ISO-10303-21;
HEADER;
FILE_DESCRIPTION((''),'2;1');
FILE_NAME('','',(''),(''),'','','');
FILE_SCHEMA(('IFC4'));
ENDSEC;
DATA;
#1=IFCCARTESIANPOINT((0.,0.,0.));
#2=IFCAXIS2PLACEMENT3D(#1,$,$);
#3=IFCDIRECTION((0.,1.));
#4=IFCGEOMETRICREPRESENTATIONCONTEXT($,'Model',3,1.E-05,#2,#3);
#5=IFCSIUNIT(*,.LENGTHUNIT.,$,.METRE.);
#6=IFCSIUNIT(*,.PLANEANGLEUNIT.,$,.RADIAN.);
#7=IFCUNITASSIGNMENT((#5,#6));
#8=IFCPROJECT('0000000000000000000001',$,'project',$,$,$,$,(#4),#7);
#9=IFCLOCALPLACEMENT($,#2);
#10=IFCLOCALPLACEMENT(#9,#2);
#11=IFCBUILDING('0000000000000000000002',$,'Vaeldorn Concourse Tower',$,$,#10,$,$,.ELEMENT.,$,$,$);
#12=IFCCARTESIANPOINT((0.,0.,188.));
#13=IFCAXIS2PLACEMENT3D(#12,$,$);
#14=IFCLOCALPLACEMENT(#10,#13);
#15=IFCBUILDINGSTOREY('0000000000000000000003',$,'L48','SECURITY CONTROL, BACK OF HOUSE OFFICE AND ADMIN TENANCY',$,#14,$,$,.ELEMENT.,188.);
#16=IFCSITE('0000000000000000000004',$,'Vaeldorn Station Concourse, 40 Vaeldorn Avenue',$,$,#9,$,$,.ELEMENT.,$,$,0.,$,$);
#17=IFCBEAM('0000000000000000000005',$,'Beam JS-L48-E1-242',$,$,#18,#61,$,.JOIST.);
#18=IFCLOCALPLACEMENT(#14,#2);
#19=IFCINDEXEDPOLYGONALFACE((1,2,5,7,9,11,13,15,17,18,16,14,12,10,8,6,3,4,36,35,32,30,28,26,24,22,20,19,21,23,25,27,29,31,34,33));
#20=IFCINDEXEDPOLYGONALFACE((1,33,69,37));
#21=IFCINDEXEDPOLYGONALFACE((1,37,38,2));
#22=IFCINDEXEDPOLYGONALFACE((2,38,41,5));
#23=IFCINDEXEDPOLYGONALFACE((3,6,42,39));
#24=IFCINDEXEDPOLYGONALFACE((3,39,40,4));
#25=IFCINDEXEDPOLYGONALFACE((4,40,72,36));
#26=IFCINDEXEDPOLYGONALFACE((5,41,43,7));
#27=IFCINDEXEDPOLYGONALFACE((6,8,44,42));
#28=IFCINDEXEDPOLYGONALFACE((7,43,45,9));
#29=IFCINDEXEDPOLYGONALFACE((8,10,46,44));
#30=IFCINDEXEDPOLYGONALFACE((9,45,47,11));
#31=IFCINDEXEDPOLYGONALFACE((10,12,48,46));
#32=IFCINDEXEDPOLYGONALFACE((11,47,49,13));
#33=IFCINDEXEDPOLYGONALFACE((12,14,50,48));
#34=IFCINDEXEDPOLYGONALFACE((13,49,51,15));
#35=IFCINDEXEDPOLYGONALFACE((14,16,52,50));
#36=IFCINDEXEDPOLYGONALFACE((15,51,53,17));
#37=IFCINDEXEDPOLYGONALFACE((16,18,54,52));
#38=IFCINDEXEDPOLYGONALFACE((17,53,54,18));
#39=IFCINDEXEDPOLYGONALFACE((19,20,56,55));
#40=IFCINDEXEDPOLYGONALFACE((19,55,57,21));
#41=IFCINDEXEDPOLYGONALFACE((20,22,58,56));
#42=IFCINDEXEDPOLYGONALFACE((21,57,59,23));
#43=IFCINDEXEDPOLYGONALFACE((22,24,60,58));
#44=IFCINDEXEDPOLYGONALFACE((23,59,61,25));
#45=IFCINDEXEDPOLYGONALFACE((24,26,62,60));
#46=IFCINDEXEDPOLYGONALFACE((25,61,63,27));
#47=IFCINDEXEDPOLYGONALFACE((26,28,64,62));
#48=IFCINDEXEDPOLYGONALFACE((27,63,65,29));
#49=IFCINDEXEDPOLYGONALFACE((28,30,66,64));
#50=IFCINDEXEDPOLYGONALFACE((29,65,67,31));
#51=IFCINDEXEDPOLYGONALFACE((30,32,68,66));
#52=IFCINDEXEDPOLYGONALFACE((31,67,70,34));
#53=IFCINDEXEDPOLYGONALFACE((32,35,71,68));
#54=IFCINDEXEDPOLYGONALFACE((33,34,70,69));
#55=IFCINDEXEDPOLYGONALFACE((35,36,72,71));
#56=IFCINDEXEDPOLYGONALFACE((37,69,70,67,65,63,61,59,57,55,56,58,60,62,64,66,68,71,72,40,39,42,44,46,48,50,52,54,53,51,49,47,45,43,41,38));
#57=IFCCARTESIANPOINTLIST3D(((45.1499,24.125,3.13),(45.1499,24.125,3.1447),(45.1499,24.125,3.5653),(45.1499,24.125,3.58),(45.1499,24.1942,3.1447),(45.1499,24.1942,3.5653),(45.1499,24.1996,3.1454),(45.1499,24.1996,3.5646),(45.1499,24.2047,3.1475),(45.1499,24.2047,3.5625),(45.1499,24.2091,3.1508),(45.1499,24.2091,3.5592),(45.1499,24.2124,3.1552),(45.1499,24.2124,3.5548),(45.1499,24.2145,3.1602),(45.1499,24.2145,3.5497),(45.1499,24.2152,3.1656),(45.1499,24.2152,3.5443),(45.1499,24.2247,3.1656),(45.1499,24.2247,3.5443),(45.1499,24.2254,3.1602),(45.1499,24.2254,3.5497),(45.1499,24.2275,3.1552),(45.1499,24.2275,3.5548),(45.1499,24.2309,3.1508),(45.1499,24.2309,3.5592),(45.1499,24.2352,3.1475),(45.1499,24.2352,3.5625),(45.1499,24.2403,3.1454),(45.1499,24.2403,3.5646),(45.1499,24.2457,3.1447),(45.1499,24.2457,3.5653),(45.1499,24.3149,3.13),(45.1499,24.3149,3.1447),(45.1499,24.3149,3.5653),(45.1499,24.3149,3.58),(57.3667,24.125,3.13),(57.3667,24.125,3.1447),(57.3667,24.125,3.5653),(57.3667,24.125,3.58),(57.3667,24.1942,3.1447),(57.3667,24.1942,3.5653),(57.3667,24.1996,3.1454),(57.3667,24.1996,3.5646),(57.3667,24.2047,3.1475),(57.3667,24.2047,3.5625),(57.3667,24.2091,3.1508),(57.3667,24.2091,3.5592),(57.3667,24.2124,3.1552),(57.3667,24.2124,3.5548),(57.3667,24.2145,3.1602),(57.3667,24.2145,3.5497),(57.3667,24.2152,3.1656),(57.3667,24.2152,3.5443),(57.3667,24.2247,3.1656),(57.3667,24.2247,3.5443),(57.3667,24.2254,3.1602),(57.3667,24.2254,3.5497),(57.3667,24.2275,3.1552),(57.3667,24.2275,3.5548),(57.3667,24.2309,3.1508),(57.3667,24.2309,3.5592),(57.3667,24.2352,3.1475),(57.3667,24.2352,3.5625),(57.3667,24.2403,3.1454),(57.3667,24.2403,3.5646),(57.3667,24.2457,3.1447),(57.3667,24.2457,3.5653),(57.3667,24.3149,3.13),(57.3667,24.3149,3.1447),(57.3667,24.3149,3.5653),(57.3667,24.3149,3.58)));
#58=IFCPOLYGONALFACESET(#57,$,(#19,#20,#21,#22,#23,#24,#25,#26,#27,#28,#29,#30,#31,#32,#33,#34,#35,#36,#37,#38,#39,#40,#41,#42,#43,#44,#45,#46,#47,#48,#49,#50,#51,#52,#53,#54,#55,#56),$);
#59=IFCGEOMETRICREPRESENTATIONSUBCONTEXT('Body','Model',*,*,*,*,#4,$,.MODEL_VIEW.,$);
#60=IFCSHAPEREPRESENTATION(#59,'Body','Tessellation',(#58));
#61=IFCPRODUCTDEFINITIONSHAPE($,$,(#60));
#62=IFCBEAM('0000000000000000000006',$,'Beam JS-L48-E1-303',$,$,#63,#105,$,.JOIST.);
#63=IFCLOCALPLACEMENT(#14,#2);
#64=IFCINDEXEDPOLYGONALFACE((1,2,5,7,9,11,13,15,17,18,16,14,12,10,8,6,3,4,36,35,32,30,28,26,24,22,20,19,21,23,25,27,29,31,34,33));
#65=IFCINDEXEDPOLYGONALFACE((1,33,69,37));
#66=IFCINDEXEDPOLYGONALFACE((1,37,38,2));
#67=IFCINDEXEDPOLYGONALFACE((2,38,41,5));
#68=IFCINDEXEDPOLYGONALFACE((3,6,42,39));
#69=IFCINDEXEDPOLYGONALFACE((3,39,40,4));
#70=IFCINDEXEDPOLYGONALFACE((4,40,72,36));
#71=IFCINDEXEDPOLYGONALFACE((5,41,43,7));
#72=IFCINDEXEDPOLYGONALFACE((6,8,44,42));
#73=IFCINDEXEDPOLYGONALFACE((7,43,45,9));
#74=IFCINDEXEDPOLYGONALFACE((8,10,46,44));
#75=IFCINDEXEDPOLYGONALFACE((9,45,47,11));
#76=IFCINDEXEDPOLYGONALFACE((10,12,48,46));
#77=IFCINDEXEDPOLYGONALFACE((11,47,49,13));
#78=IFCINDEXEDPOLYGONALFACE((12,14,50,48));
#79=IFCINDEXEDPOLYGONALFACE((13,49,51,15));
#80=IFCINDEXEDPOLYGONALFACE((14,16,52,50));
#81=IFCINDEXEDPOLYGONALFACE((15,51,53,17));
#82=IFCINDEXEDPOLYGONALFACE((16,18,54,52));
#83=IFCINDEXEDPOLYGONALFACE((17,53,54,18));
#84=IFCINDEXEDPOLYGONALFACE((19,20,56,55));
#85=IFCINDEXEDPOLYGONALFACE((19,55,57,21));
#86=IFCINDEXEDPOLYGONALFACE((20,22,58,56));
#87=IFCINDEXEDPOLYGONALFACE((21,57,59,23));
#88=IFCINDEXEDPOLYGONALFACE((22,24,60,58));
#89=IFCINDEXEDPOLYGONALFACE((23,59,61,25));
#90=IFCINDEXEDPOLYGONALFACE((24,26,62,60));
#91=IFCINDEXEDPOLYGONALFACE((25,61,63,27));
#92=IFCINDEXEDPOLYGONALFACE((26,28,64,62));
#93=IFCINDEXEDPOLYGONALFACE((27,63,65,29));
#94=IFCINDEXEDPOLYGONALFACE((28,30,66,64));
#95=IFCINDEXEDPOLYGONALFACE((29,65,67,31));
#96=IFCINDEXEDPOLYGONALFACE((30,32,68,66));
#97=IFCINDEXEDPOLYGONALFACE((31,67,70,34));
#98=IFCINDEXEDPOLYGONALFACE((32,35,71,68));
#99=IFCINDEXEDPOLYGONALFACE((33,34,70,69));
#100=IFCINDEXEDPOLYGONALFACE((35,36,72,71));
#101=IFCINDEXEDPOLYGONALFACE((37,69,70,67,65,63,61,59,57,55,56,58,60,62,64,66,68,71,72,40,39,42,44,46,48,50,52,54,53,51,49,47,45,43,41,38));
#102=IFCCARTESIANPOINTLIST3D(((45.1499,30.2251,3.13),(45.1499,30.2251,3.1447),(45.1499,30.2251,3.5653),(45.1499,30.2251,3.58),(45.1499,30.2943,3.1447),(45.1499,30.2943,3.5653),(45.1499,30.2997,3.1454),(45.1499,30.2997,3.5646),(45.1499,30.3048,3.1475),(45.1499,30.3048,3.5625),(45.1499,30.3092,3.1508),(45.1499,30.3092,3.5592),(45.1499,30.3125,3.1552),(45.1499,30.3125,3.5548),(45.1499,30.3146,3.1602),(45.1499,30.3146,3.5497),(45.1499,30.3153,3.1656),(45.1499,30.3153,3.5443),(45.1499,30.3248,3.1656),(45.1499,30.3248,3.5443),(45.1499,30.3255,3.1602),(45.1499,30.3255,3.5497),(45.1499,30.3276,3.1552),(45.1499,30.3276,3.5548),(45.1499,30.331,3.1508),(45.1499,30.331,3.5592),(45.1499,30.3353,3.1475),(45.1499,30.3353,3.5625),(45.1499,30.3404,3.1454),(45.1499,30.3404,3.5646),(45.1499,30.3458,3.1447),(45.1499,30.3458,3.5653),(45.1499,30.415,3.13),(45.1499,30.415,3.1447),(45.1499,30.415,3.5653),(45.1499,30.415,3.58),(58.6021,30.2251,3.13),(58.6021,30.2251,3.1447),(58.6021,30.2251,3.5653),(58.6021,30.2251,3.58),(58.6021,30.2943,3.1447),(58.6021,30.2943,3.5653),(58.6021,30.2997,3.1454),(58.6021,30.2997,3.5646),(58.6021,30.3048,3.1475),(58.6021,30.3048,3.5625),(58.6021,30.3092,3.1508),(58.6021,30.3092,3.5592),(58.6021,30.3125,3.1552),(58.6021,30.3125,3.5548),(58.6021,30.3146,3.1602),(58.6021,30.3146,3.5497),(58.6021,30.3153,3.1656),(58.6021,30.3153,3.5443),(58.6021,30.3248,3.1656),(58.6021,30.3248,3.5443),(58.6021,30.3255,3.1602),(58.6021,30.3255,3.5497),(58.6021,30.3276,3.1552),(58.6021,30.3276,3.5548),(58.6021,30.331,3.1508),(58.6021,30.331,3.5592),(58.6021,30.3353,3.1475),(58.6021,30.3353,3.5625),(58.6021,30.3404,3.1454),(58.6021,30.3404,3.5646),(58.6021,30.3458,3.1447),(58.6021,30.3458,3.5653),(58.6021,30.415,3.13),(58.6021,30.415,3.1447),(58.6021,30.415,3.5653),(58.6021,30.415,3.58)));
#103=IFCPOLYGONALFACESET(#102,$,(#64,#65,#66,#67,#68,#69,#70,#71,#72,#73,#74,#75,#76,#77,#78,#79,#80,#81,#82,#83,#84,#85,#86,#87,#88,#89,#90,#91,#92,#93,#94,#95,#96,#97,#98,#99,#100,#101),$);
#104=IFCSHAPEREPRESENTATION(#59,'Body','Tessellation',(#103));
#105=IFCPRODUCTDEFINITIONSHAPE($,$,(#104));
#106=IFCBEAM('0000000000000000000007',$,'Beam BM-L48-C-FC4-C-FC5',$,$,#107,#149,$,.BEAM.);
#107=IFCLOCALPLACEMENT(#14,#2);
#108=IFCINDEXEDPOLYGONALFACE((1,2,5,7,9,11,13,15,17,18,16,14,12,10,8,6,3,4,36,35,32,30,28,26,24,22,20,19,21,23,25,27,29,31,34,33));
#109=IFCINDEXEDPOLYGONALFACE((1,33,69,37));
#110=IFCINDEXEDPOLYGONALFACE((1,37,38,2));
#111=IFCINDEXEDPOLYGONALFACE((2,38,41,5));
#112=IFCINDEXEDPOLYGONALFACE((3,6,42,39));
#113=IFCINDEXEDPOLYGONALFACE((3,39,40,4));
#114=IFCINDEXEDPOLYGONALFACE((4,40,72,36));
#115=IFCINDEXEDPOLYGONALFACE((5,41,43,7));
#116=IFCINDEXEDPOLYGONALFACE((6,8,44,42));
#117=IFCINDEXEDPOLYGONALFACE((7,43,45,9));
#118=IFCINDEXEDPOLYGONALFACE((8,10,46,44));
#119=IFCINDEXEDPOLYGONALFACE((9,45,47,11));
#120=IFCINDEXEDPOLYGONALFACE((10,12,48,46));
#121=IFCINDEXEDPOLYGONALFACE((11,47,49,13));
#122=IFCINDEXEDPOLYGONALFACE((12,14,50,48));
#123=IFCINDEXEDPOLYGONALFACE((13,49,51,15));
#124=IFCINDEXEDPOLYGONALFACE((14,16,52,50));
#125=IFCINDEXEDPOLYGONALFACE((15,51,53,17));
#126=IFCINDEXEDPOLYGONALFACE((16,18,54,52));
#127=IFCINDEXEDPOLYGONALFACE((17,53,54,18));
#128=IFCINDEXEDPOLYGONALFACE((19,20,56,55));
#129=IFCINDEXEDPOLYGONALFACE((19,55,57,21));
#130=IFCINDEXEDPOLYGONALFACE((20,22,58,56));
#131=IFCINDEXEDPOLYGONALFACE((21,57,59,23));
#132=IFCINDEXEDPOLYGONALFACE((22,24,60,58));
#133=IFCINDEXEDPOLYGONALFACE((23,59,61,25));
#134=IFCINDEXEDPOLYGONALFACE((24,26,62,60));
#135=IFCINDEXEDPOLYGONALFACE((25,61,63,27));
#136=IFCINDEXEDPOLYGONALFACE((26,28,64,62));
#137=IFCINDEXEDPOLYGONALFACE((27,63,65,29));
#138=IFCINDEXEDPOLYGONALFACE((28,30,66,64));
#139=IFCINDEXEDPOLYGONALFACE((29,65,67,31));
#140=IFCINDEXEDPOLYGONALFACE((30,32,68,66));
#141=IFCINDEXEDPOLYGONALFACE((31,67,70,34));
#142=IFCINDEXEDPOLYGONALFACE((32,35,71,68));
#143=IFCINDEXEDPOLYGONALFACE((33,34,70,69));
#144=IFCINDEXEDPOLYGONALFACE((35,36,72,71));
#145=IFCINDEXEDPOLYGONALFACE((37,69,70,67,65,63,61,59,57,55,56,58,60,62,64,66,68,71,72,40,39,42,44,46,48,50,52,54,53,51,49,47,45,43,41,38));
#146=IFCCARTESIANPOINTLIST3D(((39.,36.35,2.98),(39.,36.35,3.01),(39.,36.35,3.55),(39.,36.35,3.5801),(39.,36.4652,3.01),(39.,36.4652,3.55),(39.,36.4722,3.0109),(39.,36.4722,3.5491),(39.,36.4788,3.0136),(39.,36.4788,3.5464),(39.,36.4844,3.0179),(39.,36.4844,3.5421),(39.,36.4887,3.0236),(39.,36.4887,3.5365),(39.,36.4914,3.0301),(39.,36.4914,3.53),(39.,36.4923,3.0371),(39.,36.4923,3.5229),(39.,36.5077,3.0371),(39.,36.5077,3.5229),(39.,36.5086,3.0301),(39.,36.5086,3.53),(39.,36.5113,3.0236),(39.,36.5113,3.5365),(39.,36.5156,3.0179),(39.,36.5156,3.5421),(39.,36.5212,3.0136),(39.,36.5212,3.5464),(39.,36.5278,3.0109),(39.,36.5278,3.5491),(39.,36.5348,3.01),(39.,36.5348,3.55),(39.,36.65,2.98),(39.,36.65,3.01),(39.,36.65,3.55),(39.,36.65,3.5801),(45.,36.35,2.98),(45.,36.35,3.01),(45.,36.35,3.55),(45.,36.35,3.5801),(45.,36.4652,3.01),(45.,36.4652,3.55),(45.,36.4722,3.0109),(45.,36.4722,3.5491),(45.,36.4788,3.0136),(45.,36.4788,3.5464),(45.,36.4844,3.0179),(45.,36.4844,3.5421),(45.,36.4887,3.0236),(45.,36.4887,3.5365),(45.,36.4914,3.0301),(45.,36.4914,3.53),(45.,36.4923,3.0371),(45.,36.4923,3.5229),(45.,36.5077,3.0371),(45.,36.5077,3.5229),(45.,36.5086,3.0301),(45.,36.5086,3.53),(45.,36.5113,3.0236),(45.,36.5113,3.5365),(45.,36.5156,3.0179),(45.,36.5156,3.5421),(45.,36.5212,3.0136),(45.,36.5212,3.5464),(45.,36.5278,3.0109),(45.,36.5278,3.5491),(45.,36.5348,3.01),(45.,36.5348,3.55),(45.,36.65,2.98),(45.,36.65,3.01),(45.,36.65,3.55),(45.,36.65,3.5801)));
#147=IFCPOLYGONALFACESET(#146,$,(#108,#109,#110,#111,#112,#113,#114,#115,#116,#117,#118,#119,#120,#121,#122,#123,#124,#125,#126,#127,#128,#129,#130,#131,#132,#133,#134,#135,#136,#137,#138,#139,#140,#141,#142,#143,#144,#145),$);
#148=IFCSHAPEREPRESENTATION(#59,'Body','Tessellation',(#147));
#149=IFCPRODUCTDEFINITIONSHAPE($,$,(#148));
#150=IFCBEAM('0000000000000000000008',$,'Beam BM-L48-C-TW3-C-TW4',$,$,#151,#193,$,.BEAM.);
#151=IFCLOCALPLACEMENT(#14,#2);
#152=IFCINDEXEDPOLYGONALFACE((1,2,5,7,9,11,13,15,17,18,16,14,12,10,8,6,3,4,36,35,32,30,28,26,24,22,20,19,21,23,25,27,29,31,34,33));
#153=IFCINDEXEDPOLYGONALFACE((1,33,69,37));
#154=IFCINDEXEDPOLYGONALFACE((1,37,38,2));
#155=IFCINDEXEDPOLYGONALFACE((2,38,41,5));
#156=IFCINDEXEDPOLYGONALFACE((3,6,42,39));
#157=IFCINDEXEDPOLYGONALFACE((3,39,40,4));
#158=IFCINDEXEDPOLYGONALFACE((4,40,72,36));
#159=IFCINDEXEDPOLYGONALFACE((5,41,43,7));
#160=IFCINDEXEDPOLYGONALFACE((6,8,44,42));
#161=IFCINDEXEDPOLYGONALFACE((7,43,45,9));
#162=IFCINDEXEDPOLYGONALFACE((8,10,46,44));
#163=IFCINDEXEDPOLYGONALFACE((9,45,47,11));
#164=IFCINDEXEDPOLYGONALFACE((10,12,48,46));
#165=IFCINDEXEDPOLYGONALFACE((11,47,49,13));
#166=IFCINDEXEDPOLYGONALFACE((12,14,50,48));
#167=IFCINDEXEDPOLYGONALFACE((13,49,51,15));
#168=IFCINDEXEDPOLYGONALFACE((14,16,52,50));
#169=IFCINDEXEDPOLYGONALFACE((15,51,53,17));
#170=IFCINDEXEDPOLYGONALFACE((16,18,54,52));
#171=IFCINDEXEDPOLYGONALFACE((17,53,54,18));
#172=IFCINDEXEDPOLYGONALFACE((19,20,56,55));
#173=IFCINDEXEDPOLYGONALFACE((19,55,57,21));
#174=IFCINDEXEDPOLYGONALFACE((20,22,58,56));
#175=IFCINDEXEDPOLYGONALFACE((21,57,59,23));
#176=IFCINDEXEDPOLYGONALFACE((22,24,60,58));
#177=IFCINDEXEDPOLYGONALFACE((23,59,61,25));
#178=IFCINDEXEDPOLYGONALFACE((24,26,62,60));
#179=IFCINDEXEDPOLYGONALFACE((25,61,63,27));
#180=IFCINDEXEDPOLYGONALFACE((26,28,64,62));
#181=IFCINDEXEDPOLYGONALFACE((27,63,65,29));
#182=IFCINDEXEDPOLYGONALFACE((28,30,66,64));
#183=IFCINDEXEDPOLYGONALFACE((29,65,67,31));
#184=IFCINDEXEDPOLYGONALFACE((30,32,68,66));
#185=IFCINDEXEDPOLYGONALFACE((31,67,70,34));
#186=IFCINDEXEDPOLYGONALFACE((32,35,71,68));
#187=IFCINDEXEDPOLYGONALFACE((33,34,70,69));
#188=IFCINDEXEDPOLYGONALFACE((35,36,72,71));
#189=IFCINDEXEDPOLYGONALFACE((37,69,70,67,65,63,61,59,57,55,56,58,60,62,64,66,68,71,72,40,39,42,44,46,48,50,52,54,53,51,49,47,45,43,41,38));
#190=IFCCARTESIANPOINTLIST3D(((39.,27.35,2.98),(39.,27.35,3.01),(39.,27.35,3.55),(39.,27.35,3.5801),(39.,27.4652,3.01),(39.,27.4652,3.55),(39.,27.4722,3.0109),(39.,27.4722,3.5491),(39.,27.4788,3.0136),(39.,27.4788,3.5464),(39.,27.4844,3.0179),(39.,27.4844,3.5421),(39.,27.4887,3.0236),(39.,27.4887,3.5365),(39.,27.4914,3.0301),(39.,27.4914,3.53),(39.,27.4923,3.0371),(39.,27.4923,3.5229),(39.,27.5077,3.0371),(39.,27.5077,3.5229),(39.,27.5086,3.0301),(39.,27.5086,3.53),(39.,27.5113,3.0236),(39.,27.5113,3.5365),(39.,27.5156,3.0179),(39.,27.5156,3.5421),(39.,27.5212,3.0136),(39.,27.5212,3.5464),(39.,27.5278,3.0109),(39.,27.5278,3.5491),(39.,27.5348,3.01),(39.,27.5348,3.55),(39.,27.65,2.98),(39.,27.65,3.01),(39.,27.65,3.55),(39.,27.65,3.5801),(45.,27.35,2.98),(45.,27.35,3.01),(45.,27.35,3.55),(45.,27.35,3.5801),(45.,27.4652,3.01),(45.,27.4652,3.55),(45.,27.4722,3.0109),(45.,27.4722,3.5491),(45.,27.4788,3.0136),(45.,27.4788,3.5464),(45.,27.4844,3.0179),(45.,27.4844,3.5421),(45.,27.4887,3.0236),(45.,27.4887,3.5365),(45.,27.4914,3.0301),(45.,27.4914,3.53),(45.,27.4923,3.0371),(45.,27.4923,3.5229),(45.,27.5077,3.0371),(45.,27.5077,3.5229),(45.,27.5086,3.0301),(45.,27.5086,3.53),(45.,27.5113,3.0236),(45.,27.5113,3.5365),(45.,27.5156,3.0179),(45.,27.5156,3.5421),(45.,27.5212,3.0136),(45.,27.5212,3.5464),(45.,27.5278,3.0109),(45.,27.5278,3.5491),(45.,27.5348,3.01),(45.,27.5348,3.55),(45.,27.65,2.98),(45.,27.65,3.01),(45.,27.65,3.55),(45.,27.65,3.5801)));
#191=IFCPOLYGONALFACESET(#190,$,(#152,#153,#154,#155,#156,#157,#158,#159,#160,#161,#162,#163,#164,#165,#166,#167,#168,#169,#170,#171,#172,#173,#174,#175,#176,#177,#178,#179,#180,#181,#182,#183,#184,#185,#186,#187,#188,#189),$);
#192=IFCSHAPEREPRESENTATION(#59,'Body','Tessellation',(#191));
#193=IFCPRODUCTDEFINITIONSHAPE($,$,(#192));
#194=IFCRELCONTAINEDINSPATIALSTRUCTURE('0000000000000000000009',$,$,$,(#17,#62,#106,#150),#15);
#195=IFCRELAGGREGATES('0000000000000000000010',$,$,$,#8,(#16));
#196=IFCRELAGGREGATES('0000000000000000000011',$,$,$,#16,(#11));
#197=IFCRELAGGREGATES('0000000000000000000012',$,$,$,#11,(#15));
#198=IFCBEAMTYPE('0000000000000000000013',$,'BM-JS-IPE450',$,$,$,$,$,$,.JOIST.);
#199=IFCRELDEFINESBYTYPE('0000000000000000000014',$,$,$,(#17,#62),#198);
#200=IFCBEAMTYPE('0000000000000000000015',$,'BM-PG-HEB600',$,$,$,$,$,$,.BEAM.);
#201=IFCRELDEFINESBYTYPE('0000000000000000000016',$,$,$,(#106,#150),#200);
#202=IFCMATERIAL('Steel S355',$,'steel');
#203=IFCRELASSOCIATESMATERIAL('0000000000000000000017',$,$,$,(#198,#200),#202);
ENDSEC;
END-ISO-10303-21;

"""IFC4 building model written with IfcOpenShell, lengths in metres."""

from ifc_helpers import new_model, si_unit, direction, frame, origin, origin_2d, place, context, subcontext, project, spatial, i_section, extrude, source, transform, mapped, material, material_profile, profile_set, type_object, element, save


model = new_model("IFC4")

# Units and contexts
model_context = context("Model", 3, precision=1e-05, world=origin(), true_north=direction((0.0, 1.0)))
body_context = subcontext(model_context, "Body", "Model", "MODEL_VIEW")
ifc_project = project(units=[si_unit("LENGTHUNIT", "METRE"), si_unit("PLANEANGLEUNIT", "RADIAN")], contexts=[model_context])

# Site, building, storey
site_placement = place(None, origin())
site = spatial("IfcSite", under=ifc_project, at=site_placement, Name="Vaeldorn Station Concourse, 40 Vaeldorn Avenue", CompositionType="ELEMENT", RefElevation=0.0)
building_placement = place(site_placement, origin())
building = spatial("IfcBuilding", under=site, at=building_placement, Name="Vaeldorn Concourse Tower", CompositionType="ELEMENT")
storey_placement = place(building_placement, frame((0.0, 0.0, 188.0)))
storey = spatial("IfcBuildingStorey", under=building, at=storey_placement, Name="L48", Description="SECURITY CONTROL, BACK OF HOUSE OFFICE AND ADMIN TENANCY", CompositionType="ELEMENT", Elevation=188.0)

# Shared definitions
ifc_material_1 = material(Name="Steel S355", Category="steel")

# Beams
ifc_material_profile_1 = material_profile(ifc_material_1, i_section(OverallWidth=0.1899, OverallDepth=0.45, WebThickness=0.0095, FlangeThickness=0.0146, FilletRadius=0.021, at=origin_2d()), Name="IPE 450")
ifc_profile_set_1 = profile_set([ifc_material_profile_1], Name="Steel S355")
beam_type_1 = type_object("IfcBeamType", Name="BM-JS-IPE450", PredefinedType="JOIST", material=ifc_profile_set_1)
shared_shape_1 = source(origin(), body_context, "Body", "SweptSolid", [
    extrude(i_section(OverallWidth=0.1899, OverallDepth=0.45, WebThickness=0.0095, FlangeThickness=0.0146, FilletRadius=0.021, at=origin_2d()), origin(), (0.0, 0.0, 1.0), 12.2168),
])
beam_1_placement = place(storey_placement, frame((45.1499, 24.22, 3.355), z_axis=(1.0, 0.0, 0.0), x_axis=(0.0, 1.0, 0.0)))
element("IfcBeam", 1, at=beam_1_placement, inside=storey, type_object=beam_type_1, Name="Beam JS-L48-E1-242", PredefinedType="JOIST", context=body_context, shape_type="MappedRepresentation", body=[
    mapped(shared_shape_1, transform((0.0, 0.0, 0.0), scale=1.0)),
])
shared_shape_2 = source(origin(), body_context, "Body", "SweptSolid", [
    extrude(i_section(OverallWidth=0.1899, OverallDepth=0.45, WebThickness=0.0095, FlangeThickness=0.0146, FilletRadius=0.021, at=origin_2d()), origin(), (0.0, 0.0, 1.0), 13.4521),
])
beam_2_placement = place(storey_placement, frame((45.1499, 30.3201, 3.355), z_axis=(1.0, 0.0, 0.0), x_axis=(0.0, 1.0, 0.0)))
element("IfcBeam", 2, at=beam_2_placement, inside=storey, type_object=beam_type_1, Name="Beam JS-L48-E1-303", PredefinedType="JOIST", context=body_context, shape_type="MappedRepresentation", body=[
    mapped(shared_shape_2, transform((0.0, 0.0, 0.0), scale=1.0)),
])
ifc_material_profile_2 = material_profile(ifc_material_1, i_section(OverallWidth=0.3, OverallDepth=0.6001, WebThickness=0.0154, FlangeThickness=0.03, FilletRadius=0.0271, at=origin_2d()), Name="HEB 600")
ifc_profile_set_2 = profile_set([ifc_material_profile_2], Name="Steel S355")
beam_type_2 = type_object("IfcBeamType", Name="BM-PG-HEB600", PredefinedType="BEAM", material=ifc_profile_set_2)
shared_shape_3 = source(origin(), body_context, "Body", "SweptSolid", [
    extrude(i_section(OverallWidth=0.3, OverallDepth=0.6001, WebThickness=0.0154, FlangeThickness=0.03, FilletRadius=0.0271, at=origin_2d()), origin(), (0.0, 0.0, 1.0), 6.0),
])
for number, where, z_axis, x_axis, name in (
    (3, (39.0, 36.5, 3.28), (1.0, 0.0, 0.0), (0.0, 1.0, 0.0), "Beam BM-L48-C-FC4-C-FC5"),
    (4, (39.0, 27.5, 3.28), (1.0, 0.0, 0.0), (0.0, 1.0, 0.0), "Beam BM-L48-C-TW3-C-TW4"),
):
    element("IfcBeam", number, at=place(storey_placement, frame(where, z_axis=z_axis, x_axis=x_axis)), inside=storey, type_object=beam_type_2, Name=name, PredefinedType="BEAM", context=body_context, shape_type="MappedRepresentation", body=[
        mapped(shared_shape_3, transform((0.0, 0.0, 0.0), scale=1.0)),
    ])

save(model, "model.ifc")
